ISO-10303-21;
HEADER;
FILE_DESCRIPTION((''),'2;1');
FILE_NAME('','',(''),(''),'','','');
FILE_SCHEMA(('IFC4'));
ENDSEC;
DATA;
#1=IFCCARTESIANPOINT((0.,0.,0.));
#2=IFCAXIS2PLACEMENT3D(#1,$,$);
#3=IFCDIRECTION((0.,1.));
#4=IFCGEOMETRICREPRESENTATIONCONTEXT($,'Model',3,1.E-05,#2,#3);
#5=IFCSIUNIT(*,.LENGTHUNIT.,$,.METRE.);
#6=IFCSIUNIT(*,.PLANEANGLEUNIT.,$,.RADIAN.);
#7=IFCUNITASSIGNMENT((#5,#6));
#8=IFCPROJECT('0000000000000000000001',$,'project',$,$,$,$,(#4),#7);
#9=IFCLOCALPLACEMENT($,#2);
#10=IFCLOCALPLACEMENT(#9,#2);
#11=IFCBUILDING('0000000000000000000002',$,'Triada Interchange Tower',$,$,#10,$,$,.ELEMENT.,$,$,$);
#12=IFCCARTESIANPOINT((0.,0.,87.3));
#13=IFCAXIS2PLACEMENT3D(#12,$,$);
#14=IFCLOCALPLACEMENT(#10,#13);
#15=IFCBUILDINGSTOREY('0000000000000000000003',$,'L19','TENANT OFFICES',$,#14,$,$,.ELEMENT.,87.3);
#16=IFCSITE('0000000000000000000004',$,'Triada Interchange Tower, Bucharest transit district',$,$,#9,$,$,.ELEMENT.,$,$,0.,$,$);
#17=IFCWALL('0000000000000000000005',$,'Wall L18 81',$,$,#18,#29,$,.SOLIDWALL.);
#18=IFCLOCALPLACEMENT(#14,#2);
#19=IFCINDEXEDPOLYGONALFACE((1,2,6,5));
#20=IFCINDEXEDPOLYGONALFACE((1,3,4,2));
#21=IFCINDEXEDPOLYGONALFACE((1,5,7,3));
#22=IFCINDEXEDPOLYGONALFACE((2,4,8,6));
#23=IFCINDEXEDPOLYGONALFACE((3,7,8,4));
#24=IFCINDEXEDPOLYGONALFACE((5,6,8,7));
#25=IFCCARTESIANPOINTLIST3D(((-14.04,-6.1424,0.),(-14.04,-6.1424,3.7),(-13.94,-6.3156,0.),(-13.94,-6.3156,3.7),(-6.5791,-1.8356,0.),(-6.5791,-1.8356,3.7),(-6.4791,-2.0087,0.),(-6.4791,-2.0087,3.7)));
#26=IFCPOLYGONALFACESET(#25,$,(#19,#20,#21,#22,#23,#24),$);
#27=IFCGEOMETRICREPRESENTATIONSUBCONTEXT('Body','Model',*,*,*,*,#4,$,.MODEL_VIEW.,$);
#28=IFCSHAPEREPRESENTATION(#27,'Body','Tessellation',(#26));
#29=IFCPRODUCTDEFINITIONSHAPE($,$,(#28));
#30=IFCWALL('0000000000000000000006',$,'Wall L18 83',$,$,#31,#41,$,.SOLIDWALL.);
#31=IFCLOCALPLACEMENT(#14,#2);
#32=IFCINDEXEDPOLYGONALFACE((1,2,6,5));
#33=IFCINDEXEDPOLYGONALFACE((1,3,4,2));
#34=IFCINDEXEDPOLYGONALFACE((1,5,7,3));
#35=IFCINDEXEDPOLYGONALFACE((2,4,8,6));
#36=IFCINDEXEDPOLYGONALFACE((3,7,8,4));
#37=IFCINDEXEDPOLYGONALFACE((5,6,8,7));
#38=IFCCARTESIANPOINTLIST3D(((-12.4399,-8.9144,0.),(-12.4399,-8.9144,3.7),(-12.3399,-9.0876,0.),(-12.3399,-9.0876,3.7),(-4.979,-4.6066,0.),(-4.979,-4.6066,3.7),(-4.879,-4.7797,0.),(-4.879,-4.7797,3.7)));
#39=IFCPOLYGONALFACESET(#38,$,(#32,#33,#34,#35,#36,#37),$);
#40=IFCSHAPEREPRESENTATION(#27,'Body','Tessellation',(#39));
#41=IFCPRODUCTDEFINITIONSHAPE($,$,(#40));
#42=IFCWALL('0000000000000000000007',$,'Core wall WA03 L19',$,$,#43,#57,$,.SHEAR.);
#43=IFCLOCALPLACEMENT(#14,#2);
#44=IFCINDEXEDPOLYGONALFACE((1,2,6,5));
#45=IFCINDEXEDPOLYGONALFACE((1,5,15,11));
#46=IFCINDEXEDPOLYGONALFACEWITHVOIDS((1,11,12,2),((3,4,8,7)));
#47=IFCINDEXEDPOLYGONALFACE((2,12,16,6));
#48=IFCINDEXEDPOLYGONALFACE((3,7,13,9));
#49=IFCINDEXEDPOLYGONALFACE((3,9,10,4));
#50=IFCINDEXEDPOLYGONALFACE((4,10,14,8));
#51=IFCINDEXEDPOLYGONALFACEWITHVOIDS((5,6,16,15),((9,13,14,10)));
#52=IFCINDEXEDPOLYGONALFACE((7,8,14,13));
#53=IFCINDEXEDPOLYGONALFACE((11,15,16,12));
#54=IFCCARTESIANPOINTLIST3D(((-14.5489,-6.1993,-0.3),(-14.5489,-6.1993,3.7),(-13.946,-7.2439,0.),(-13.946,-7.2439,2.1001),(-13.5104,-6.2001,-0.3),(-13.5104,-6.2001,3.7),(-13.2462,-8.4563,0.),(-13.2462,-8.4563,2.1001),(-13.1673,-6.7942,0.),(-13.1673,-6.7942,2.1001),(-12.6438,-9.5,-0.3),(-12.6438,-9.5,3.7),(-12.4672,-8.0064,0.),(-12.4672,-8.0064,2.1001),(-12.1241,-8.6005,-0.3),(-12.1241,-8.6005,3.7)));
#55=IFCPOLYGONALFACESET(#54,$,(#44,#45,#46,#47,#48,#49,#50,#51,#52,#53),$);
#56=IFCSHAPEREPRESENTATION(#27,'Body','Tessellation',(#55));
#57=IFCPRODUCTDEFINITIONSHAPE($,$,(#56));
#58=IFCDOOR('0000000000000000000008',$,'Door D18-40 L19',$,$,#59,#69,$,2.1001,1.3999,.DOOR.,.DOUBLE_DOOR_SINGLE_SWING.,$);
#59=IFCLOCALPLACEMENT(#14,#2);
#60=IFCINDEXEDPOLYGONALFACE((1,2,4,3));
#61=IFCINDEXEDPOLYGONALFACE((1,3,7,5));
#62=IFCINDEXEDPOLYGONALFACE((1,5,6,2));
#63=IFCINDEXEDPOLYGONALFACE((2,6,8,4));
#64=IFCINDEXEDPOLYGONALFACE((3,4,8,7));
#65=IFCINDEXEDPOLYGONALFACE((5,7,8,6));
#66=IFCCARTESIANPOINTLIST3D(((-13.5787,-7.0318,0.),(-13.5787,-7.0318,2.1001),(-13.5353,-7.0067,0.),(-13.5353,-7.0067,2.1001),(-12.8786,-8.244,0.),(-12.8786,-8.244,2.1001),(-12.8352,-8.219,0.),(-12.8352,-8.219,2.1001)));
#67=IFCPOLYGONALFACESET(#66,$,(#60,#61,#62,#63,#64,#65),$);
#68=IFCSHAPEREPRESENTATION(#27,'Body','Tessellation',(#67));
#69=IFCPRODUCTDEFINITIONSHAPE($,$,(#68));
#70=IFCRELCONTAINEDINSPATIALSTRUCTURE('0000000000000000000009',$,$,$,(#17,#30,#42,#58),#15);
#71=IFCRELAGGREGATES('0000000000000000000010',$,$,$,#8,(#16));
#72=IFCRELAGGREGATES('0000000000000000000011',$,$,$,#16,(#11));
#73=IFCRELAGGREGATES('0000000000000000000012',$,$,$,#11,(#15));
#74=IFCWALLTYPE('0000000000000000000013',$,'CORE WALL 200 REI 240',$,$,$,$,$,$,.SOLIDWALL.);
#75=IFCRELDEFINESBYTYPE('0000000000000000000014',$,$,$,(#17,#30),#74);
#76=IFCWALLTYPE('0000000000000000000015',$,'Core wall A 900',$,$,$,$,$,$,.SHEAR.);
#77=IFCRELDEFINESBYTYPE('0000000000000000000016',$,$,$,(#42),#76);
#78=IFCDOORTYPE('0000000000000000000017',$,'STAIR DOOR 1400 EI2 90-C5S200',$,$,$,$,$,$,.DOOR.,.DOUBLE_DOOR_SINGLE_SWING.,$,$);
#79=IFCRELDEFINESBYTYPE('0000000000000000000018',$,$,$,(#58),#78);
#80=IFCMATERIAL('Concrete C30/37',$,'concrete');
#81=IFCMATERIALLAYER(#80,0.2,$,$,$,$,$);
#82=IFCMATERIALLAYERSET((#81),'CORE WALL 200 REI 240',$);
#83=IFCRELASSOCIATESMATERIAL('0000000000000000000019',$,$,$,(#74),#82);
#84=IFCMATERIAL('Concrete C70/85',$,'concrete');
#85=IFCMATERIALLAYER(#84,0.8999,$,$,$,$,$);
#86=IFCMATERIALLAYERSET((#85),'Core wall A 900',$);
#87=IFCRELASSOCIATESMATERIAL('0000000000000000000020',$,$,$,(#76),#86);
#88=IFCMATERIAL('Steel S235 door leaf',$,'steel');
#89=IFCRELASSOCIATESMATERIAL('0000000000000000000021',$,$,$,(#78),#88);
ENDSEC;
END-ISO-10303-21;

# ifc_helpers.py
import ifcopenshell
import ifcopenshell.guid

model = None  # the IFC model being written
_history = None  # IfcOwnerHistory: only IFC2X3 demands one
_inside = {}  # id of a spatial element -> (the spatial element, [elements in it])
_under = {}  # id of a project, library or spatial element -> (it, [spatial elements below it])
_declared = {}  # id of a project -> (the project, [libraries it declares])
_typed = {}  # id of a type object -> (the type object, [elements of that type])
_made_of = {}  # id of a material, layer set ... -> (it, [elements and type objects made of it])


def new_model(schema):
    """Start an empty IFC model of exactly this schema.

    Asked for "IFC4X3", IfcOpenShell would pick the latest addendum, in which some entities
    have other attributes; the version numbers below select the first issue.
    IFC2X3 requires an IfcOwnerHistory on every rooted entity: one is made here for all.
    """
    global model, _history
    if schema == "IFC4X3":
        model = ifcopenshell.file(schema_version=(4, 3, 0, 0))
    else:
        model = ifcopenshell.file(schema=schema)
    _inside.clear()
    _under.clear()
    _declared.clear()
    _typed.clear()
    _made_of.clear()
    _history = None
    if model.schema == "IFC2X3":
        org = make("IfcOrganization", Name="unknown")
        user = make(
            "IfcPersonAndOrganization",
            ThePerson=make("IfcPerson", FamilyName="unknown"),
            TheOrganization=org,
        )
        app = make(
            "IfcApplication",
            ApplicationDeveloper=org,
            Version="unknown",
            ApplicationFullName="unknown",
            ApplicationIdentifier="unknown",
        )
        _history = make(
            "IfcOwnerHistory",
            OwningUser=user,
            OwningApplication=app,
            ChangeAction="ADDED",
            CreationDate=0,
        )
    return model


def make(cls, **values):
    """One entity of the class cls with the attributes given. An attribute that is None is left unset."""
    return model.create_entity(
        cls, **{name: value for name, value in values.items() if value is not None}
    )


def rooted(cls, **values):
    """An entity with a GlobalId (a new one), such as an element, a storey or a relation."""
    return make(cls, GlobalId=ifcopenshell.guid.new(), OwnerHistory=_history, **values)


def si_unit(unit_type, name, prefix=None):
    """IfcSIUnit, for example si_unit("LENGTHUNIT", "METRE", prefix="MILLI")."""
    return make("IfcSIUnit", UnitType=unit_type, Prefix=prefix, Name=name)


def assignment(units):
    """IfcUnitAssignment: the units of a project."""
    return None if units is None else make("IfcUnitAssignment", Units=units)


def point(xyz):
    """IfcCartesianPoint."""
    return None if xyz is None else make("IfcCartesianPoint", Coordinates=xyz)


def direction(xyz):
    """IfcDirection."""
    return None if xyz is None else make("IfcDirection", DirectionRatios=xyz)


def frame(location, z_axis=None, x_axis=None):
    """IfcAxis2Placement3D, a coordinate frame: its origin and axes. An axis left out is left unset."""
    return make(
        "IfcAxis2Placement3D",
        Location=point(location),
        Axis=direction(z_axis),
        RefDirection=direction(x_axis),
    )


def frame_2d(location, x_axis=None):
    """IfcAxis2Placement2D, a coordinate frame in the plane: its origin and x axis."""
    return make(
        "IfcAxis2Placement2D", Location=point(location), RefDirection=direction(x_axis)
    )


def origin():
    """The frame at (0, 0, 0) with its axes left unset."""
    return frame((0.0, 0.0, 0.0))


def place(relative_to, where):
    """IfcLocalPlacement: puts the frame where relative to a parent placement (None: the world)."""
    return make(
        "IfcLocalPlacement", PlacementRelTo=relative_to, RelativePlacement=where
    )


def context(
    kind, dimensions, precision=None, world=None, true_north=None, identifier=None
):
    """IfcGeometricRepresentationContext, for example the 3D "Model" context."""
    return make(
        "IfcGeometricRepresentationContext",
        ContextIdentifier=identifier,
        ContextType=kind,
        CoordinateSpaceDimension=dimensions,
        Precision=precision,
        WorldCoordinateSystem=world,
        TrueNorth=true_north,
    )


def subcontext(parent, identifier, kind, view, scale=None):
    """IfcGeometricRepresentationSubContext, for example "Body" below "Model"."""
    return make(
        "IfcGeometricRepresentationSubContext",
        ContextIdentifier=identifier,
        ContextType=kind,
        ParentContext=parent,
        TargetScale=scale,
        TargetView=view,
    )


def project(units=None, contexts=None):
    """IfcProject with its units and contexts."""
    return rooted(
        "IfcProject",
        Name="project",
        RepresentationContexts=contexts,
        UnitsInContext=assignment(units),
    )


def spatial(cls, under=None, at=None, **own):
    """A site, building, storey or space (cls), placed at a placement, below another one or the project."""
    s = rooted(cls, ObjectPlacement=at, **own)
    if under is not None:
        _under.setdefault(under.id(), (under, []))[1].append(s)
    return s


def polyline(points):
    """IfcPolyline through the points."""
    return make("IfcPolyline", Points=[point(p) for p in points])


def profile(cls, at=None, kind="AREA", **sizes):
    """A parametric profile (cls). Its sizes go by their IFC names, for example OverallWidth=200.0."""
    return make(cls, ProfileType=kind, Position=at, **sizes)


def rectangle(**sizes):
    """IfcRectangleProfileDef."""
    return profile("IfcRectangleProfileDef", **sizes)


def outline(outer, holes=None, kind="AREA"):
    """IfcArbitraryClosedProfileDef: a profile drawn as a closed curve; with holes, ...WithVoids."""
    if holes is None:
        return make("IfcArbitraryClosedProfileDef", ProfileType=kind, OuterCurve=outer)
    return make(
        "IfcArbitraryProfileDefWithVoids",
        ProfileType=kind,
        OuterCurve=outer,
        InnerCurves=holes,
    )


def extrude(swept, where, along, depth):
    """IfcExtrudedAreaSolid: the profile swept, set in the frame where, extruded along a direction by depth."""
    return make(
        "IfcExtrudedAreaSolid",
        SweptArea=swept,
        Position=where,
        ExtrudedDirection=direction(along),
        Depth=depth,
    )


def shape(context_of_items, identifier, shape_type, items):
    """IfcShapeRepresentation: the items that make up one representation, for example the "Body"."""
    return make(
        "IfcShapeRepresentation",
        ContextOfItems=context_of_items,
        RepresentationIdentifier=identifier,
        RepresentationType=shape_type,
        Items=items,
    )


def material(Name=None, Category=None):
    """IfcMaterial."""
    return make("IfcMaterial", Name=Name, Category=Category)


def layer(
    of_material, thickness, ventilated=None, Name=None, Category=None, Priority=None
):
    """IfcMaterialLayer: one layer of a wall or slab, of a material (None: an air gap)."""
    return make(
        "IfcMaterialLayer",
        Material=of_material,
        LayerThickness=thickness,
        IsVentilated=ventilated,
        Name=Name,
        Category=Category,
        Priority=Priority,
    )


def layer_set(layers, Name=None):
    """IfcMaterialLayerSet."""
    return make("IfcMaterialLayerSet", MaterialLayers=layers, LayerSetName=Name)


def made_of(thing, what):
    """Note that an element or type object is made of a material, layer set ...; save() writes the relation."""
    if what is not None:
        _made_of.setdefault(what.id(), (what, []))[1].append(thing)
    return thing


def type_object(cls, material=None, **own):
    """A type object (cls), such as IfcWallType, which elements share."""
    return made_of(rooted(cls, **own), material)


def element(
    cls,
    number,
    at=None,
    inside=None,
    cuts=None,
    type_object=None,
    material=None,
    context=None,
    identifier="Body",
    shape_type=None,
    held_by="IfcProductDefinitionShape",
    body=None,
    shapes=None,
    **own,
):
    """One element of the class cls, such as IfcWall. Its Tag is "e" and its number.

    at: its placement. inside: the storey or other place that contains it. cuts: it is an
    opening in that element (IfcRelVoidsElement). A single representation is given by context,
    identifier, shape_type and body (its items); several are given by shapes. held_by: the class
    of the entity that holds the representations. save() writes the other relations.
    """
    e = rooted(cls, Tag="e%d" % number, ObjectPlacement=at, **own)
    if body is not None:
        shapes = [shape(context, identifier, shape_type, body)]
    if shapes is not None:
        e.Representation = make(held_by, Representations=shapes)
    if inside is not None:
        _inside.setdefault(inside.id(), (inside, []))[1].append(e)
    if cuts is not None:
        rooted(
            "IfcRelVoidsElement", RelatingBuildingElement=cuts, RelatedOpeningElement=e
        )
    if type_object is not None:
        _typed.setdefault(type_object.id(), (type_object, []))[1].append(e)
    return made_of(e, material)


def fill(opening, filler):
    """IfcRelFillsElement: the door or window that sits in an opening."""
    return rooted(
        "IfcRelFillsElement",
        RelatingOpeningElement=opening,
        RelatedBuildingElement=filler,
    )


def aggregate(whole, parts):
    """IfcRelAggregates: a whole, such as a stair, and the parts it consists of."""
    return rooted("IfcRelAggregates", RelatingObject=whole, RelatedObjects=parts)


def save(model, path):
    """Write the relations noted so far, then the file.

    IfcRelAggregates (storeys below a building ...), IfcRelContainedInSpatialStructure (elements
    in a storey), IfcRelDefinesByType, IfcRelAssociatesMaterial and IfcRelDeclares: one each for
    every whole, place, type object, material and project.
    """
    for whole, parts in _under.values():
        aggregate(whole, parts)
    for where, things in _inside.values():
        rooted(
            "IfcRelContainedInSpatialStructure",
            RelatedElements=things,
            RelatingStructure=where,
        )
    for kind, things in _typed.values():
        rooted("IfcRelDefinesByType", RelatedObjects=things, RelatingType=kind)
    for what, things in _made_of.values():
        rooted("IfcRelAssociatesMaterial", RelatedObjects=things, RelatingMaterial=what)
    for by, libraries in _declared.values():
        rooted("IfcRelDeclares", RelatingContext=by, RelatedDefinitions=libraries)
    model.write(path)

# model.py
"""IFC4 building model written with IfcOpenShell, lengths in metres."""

from ifc_helpers import new_model, si_unit, direction, frame, frame_2d, origin, place, context, subcontext, project, spatial, polyline, rectangle, outline, extrude, material, layer, layer_set, type_object, element, fill, save


model = new_model("IFC4")

# Units and contexts
model_context = context("Model", 3, precision=1e-05, world=origin(), true_north=direction((0.0, 1.0)))
body_context = subcontext(model_context, "Body", "Model", "MODEL_VIEW")
ifc_project = project(units=[si_unit("LENGTHUNIT", "METRE"), si_unit("PLANEANGLEUNIT", "RADIAN")], contexts=[model_context])

# Site, building, storey
site_placement = place(None, origin())
site = spatial("IfcSite", under=ifc_project, at=site_placement, Name="Triada Interchange Tower, Bucharest transit district", CompositionType="ELEMENT", RefElevation=0.0)
building_placement = place(site_placement, origin())
building = spatial("IfcBuilding", under=site, at=building_placement, Name="Triada Interchange Tower", CompositionType="ELEMENT")
storey_placement = place(building_placement, frame((0.0, 0.0, 87.3)))
storey = spatial("IfcBuildingStorey", under=building, at=storey_placement, Name="L19", Description="TENANT OFFICES", CompositionType="ELEMENT", Elevation=87.3)

# Walls
ifc_material_1 = material(Name="Concrete C30/37", Category="concrete")
ifc_layer_1 = layer(ifc_material_1, 0.2)
ifc_layer_set_1 = layer_set([ifc_layer_1], Name="CORE WALL 200 REI 240")
wall_type_1 = type_object("IfcWallType", Name="CORE WALL 200 REI 240", PredefinedType="SOLIDWALL", material=ifc_layer_set_1)
wall_1_placement = place(storey_placement, frame((-13.99, -6.229, 0.0), z_axis=(0.0, 0.0, 1.0), x_axis=(0.86606, 0.49994, 0.0)))
element("IfcWall", 1, at=wall_1_placement, inside=storey, type_object=wall_type_1, Name="Wall L18 81", PredefinedType="SOLIDWALL", context=body_context, shape_type="SweptSolid", body=[
    extrude(rectangle(XDim=8.6147, YDim=0.2, at=frame_2d((4.3074, 0.0))), origin(), (0.0, 0.0, 1.0), 3.7),
])
wall_2_placement = place(storey_placement, frame((-12.3899, -9.001, 0.0), z_axis=(0.0, 0.0, 1.0), x_axis=(0.866011, 0.500025, 0.0)))
element("IfcWall", 2, at=wall_2_placement, inside=storey, type_object=wall_type_1, Name="Wall L18 83", PredefinedType="SOLIDWALL", context=body_context, shape_type="SweptSolid", body=[
    extrude(rectangle(XDim=8.6152, YDim=0.2, at=frame_2d((4.3076, 0.0))), origin(), (0.0, 0.0, 1.0), 3.7),
])

# Wall, opening, door
ifc_material_2 = material(Name="Concrete C70/85", Category="concrete")
ifc_layer_2 = layer(ifc_material_2, 0.8999)
ifc_layer_set_2 = layer_set([ifc_layer_2], Name="Core wall A 900")
wall_type_2 = type_object("IfcWallType", Name="Core wall A 900", PredefinedType="SHEAR", material=ifc_layer_set_2)
wall_3_placement = place(storey_placement, frame((-14.03, -6.2, -0.3), z_axis=(0.0, 0.0, 1.0), x_axis=(0.500112, -0.865961, 0.0)))
wall_3 = element("IfcWall", 3, at=wall_3_placement, inside=storey, type_object=wall_type_2, Name="Core wall WA03 L19", PredefinedType="SHEAR", context=body_context, shape_type="SweptSolid", body=[
    extrude(outline(polyline([(-0.26, -0.449), (1.6455, -0.4495), (3.551, -0.45), (3.032, 0.45), (1.646, 0.45), (0.26, 0.45), (-0.26, -0.449)])), origin(), (0.0, 0.0, 1.0), 4.0),
])
opening_1_placement = place(wall_3_placement, frame((0.946, 0.0, 0.3)))
opening_1 = element("IfcOpeningElement", 4, at=opening_1_placement, cuts=wall_3, PredefinedType="OPENING", context=body_context, shape_type="SweptSolid", body=[
    extrude(rectangle(XDim=1.3999, YDim=2.1001, at=frame_2d((0.7, 1.05))), frame((0.0, 0.46, 0.0), z_axis=(0.0, -1.0, 0.0), x_axis=(1.0, 0.0, 0.0)), (0.0, 0.0, 1.0), 0.9199),
])
ifc_material_3 = material(Name="Steel S235 door leaf", Category="steel")
door_type_1 = type_object("IfcDoorType", Name="STAIR DOOR 1400 EI2 90-C5S200", OperationType="DOUBLE_DOOR_SINGLE_SWING", PredefinedType="DOOR", material=ifc_material_3)
door_1_placement = place(opening_1_placement, origin())
door_1 = element("IfcDoor", 5, at=door_1_placement, inside=storey, type_object=door_type_1, Name="Door D18-40 L19", OperationType="DOUBLE_DOOR_SINGLE_SWING", OverallHeight=2.1001, OverallWidth=1.3999, PredefinedType="DOOR", context=body_context, shape_type="SweptSolid", body=[
    extrude(rectangle(XDim=1.3999, YDim=2.1001, at=frame_2d((0.7, 1.05))), frame((0.0, 0.0249, 0.0), z_axis=(0.0, -1.0, 0.0), x_axis=(1.0, 0.0, 0.0)), (0.0, 0.0, 1.0), 0.05),
])
fill(opening_1, door_1)

save(model, "model.ifc")
